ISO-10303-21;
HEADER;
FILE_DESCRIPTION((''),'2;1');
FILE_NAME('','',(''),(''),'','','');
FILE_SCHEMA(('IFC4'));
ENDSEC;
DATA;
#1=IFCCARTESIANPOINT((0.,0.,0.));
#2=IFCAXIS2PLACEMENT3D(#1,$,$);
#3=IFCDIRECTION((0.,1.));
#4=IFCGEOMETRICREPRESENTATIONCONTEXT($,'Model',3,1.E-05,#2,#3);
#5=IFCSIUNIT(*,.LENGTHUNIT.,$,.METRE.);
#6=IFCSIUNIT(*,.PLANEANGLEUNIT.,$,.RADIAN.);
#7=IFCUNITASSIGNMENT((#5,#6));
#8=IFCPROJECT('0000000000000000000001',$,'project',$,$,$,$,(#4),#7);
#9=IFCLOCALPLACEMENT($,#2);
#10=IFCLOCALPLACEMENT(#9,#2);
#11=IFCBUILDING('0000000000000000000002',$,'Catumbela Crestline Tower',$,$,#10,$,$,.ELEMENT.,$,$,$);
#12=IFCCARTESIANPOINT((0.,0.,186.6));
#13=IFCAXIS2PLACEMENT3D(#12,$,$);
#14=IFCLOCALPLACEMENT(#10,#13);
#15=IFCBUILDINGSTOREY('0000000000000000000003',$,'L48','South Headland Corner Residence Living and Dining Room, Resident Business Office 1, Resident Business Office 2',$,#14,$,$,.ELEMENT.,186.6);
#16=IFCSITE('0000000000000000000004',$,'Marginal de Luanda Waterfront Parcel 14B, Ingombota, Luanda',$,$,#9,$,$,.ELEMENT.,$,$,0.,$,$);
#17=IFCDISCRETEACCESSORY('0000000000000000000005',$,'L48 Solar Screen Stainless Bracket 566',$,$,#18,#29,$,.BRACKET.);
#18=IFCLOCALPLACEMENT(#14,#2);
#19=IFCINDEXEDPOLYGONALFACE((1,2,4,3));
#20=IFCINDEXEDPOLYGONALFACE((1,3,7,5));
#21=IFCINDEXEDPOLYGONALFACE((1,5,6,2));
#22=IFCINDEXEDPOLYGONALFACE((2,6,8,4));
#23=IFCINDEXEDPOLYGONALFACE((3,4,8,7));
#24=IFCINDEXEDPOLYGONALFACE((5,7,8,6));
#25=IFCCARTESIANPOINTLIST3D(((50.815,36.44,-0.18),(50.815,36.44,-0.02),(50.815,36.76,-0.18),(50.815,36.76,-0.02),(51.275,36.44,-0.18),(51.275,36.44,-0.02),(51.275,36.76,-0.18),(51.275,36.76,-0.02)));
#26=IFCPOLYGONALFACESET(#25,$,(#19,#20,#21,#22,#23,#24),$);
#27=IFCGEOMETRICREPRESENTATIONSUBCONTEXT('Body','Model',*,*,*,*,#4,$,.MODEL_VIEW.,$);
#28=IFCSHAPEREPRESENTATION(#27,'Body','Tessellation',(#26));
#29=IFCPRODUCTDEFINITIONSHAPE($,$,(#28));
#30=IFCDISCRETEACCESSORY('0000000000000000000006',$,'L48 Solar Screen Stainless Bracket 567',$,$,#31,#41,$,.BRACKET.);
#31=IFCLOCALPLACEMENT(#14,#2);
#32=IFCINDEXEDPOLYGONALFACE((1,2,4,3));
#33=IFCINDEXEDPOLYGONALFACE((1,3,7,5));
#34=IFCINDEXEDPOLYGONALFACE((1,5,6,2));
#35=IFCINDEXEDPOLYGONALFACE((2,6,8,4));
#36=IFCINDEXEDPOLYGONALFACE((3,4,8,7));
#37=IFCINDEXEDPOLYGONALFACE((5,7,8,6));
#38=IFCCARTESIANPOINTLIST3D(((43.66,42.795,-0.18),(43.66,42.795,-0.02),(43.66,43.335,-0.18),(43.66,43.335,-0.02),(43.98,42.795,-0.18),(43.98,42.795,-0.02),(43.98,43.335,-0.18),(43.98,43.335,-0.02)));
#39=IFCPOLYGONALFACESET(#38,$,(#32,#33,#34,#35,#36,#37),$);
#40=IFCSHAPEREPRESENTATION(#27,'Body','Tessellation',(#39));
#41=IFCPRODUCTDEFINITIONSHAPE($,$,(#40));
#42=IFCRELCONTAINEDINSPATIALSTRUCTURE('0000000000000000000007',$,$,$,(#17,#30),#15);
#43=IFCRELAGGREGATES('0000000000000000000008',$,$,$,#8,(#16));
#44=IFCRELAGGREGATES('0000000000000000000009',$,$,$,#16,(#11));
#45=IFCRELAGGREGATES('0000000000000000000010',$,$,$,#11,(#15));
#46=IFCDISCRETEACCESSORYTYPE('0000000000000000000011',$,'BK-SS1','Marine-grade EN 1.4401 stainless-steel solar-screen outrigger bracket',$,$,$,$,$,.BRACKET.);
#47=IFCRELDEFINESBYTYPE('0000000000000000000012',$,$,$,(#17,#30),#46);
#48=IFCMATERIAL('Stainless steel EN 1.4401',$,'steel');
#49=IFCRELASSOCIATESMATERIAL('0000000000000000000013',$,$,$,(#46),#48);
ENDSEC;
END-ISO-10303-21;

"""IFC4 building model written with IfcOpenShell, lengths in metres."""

from ifc_helpers import new_model, si_unit, direction, frame, origin, origin_2d, place, context, subcontext, project, spatial, rectangle, extrude, material, type_object, element, save


model = new_model("IFC4")

# Units and contexts
model_context = context("Model", 3, precision=1e-05, world=origin(), true_north=direction((0.0, 1.0)))
body_context = subcontext(model_context, "Body", "Model", "MODEL_VIEW")
ifc_project = project(units=[si_unit("LENGTHUNIT", "METRE"), si_unit("PLANEANGLEUNIT", "RADIAN")], contexts=[model_context])

# Site, building, storey
site_placement = place(None, origin())
site = spatial("IfcSite", under=ifc_project, at=site_placement, Name="Marginal de Luanda Waterfront Parcel 14B, Ingombota, Luanda", CompositionType="ELEMENT", RefElevation=0.0)
building_placement = place(site_placement, origin())
building = spatial("IfcBuilding", under=site, at=building_placement, Name="Catumbela Crestline Tower", CompositionType="ELEMENT")
storey_placement = place(building_placement, frame((0.0, 0.0, 186.6)))
storey = spatial("IfcBuildingStorey", under=building, at=storey_placement, Name="L48", Description="South Headland Corner Residence Living and Dining Room, Resident Business Office 1, Resident Business Office 2", CompositionType="ELEMENT", Elevation=186.6)

# Discrete accessories
ifc_material_1 = material(Name="Stainless steel EN 1.4401", Category="steel")
discrete_accessory_type = type_object("IfcDiscreteAccessoryType", Name="BK-SS1", Description="Marine-grade EN 1.4401 stainless-steel solar-screen outrigger bracket", PredefinedType="BRACKET", material=ifc_material_1)
discrete_accessory_1_placement = place(storey_placement, frame((51.045, 36.6, -0.18), z_axis=(0.0, 0.0, 1.0), x_axis=(0.0, 1.0, 0.0)))
element("IfcDiscreteAccessory", 1, at=discrete_accessory_1_placement, inside=storey, type_object=discrete_accessory_type, Name="L48 Solar Screen Stainless Bracket 566", PredefinedType="BRACKET", context=body_context, shape_type="SweptSolid", body=[
    extrude(rectangle(XDim=0.32, YDim=0.46, at=origin_2d()), origin(), (0.0, 0.0, 1.0), 0.16),
])
discrete_accessory_2_placement = place(storey_placement, frame((43.82, 43.065, -0.18), z_axis=(0.0, 0.0, 1.0), x_axis=(-1.0, 0.0, 0.0)))
element("IfcDiscreteAccessory", 2, at=discrete_accessory_2_placement, inside=storey, type_object=discrete_accessory_type, Name="L48 Solar Screen Stainless Bracket 567", PredefinedType="BRACKET", context=body_context, shape_type="SweptSolid", body=[
    extrude(rectangle(XDim=0.32, YDim=0.54, at=origin_2d()), origin(), (0.0, 0.0, 1.0), 0.16),
])

save(model, "model.ifc")
